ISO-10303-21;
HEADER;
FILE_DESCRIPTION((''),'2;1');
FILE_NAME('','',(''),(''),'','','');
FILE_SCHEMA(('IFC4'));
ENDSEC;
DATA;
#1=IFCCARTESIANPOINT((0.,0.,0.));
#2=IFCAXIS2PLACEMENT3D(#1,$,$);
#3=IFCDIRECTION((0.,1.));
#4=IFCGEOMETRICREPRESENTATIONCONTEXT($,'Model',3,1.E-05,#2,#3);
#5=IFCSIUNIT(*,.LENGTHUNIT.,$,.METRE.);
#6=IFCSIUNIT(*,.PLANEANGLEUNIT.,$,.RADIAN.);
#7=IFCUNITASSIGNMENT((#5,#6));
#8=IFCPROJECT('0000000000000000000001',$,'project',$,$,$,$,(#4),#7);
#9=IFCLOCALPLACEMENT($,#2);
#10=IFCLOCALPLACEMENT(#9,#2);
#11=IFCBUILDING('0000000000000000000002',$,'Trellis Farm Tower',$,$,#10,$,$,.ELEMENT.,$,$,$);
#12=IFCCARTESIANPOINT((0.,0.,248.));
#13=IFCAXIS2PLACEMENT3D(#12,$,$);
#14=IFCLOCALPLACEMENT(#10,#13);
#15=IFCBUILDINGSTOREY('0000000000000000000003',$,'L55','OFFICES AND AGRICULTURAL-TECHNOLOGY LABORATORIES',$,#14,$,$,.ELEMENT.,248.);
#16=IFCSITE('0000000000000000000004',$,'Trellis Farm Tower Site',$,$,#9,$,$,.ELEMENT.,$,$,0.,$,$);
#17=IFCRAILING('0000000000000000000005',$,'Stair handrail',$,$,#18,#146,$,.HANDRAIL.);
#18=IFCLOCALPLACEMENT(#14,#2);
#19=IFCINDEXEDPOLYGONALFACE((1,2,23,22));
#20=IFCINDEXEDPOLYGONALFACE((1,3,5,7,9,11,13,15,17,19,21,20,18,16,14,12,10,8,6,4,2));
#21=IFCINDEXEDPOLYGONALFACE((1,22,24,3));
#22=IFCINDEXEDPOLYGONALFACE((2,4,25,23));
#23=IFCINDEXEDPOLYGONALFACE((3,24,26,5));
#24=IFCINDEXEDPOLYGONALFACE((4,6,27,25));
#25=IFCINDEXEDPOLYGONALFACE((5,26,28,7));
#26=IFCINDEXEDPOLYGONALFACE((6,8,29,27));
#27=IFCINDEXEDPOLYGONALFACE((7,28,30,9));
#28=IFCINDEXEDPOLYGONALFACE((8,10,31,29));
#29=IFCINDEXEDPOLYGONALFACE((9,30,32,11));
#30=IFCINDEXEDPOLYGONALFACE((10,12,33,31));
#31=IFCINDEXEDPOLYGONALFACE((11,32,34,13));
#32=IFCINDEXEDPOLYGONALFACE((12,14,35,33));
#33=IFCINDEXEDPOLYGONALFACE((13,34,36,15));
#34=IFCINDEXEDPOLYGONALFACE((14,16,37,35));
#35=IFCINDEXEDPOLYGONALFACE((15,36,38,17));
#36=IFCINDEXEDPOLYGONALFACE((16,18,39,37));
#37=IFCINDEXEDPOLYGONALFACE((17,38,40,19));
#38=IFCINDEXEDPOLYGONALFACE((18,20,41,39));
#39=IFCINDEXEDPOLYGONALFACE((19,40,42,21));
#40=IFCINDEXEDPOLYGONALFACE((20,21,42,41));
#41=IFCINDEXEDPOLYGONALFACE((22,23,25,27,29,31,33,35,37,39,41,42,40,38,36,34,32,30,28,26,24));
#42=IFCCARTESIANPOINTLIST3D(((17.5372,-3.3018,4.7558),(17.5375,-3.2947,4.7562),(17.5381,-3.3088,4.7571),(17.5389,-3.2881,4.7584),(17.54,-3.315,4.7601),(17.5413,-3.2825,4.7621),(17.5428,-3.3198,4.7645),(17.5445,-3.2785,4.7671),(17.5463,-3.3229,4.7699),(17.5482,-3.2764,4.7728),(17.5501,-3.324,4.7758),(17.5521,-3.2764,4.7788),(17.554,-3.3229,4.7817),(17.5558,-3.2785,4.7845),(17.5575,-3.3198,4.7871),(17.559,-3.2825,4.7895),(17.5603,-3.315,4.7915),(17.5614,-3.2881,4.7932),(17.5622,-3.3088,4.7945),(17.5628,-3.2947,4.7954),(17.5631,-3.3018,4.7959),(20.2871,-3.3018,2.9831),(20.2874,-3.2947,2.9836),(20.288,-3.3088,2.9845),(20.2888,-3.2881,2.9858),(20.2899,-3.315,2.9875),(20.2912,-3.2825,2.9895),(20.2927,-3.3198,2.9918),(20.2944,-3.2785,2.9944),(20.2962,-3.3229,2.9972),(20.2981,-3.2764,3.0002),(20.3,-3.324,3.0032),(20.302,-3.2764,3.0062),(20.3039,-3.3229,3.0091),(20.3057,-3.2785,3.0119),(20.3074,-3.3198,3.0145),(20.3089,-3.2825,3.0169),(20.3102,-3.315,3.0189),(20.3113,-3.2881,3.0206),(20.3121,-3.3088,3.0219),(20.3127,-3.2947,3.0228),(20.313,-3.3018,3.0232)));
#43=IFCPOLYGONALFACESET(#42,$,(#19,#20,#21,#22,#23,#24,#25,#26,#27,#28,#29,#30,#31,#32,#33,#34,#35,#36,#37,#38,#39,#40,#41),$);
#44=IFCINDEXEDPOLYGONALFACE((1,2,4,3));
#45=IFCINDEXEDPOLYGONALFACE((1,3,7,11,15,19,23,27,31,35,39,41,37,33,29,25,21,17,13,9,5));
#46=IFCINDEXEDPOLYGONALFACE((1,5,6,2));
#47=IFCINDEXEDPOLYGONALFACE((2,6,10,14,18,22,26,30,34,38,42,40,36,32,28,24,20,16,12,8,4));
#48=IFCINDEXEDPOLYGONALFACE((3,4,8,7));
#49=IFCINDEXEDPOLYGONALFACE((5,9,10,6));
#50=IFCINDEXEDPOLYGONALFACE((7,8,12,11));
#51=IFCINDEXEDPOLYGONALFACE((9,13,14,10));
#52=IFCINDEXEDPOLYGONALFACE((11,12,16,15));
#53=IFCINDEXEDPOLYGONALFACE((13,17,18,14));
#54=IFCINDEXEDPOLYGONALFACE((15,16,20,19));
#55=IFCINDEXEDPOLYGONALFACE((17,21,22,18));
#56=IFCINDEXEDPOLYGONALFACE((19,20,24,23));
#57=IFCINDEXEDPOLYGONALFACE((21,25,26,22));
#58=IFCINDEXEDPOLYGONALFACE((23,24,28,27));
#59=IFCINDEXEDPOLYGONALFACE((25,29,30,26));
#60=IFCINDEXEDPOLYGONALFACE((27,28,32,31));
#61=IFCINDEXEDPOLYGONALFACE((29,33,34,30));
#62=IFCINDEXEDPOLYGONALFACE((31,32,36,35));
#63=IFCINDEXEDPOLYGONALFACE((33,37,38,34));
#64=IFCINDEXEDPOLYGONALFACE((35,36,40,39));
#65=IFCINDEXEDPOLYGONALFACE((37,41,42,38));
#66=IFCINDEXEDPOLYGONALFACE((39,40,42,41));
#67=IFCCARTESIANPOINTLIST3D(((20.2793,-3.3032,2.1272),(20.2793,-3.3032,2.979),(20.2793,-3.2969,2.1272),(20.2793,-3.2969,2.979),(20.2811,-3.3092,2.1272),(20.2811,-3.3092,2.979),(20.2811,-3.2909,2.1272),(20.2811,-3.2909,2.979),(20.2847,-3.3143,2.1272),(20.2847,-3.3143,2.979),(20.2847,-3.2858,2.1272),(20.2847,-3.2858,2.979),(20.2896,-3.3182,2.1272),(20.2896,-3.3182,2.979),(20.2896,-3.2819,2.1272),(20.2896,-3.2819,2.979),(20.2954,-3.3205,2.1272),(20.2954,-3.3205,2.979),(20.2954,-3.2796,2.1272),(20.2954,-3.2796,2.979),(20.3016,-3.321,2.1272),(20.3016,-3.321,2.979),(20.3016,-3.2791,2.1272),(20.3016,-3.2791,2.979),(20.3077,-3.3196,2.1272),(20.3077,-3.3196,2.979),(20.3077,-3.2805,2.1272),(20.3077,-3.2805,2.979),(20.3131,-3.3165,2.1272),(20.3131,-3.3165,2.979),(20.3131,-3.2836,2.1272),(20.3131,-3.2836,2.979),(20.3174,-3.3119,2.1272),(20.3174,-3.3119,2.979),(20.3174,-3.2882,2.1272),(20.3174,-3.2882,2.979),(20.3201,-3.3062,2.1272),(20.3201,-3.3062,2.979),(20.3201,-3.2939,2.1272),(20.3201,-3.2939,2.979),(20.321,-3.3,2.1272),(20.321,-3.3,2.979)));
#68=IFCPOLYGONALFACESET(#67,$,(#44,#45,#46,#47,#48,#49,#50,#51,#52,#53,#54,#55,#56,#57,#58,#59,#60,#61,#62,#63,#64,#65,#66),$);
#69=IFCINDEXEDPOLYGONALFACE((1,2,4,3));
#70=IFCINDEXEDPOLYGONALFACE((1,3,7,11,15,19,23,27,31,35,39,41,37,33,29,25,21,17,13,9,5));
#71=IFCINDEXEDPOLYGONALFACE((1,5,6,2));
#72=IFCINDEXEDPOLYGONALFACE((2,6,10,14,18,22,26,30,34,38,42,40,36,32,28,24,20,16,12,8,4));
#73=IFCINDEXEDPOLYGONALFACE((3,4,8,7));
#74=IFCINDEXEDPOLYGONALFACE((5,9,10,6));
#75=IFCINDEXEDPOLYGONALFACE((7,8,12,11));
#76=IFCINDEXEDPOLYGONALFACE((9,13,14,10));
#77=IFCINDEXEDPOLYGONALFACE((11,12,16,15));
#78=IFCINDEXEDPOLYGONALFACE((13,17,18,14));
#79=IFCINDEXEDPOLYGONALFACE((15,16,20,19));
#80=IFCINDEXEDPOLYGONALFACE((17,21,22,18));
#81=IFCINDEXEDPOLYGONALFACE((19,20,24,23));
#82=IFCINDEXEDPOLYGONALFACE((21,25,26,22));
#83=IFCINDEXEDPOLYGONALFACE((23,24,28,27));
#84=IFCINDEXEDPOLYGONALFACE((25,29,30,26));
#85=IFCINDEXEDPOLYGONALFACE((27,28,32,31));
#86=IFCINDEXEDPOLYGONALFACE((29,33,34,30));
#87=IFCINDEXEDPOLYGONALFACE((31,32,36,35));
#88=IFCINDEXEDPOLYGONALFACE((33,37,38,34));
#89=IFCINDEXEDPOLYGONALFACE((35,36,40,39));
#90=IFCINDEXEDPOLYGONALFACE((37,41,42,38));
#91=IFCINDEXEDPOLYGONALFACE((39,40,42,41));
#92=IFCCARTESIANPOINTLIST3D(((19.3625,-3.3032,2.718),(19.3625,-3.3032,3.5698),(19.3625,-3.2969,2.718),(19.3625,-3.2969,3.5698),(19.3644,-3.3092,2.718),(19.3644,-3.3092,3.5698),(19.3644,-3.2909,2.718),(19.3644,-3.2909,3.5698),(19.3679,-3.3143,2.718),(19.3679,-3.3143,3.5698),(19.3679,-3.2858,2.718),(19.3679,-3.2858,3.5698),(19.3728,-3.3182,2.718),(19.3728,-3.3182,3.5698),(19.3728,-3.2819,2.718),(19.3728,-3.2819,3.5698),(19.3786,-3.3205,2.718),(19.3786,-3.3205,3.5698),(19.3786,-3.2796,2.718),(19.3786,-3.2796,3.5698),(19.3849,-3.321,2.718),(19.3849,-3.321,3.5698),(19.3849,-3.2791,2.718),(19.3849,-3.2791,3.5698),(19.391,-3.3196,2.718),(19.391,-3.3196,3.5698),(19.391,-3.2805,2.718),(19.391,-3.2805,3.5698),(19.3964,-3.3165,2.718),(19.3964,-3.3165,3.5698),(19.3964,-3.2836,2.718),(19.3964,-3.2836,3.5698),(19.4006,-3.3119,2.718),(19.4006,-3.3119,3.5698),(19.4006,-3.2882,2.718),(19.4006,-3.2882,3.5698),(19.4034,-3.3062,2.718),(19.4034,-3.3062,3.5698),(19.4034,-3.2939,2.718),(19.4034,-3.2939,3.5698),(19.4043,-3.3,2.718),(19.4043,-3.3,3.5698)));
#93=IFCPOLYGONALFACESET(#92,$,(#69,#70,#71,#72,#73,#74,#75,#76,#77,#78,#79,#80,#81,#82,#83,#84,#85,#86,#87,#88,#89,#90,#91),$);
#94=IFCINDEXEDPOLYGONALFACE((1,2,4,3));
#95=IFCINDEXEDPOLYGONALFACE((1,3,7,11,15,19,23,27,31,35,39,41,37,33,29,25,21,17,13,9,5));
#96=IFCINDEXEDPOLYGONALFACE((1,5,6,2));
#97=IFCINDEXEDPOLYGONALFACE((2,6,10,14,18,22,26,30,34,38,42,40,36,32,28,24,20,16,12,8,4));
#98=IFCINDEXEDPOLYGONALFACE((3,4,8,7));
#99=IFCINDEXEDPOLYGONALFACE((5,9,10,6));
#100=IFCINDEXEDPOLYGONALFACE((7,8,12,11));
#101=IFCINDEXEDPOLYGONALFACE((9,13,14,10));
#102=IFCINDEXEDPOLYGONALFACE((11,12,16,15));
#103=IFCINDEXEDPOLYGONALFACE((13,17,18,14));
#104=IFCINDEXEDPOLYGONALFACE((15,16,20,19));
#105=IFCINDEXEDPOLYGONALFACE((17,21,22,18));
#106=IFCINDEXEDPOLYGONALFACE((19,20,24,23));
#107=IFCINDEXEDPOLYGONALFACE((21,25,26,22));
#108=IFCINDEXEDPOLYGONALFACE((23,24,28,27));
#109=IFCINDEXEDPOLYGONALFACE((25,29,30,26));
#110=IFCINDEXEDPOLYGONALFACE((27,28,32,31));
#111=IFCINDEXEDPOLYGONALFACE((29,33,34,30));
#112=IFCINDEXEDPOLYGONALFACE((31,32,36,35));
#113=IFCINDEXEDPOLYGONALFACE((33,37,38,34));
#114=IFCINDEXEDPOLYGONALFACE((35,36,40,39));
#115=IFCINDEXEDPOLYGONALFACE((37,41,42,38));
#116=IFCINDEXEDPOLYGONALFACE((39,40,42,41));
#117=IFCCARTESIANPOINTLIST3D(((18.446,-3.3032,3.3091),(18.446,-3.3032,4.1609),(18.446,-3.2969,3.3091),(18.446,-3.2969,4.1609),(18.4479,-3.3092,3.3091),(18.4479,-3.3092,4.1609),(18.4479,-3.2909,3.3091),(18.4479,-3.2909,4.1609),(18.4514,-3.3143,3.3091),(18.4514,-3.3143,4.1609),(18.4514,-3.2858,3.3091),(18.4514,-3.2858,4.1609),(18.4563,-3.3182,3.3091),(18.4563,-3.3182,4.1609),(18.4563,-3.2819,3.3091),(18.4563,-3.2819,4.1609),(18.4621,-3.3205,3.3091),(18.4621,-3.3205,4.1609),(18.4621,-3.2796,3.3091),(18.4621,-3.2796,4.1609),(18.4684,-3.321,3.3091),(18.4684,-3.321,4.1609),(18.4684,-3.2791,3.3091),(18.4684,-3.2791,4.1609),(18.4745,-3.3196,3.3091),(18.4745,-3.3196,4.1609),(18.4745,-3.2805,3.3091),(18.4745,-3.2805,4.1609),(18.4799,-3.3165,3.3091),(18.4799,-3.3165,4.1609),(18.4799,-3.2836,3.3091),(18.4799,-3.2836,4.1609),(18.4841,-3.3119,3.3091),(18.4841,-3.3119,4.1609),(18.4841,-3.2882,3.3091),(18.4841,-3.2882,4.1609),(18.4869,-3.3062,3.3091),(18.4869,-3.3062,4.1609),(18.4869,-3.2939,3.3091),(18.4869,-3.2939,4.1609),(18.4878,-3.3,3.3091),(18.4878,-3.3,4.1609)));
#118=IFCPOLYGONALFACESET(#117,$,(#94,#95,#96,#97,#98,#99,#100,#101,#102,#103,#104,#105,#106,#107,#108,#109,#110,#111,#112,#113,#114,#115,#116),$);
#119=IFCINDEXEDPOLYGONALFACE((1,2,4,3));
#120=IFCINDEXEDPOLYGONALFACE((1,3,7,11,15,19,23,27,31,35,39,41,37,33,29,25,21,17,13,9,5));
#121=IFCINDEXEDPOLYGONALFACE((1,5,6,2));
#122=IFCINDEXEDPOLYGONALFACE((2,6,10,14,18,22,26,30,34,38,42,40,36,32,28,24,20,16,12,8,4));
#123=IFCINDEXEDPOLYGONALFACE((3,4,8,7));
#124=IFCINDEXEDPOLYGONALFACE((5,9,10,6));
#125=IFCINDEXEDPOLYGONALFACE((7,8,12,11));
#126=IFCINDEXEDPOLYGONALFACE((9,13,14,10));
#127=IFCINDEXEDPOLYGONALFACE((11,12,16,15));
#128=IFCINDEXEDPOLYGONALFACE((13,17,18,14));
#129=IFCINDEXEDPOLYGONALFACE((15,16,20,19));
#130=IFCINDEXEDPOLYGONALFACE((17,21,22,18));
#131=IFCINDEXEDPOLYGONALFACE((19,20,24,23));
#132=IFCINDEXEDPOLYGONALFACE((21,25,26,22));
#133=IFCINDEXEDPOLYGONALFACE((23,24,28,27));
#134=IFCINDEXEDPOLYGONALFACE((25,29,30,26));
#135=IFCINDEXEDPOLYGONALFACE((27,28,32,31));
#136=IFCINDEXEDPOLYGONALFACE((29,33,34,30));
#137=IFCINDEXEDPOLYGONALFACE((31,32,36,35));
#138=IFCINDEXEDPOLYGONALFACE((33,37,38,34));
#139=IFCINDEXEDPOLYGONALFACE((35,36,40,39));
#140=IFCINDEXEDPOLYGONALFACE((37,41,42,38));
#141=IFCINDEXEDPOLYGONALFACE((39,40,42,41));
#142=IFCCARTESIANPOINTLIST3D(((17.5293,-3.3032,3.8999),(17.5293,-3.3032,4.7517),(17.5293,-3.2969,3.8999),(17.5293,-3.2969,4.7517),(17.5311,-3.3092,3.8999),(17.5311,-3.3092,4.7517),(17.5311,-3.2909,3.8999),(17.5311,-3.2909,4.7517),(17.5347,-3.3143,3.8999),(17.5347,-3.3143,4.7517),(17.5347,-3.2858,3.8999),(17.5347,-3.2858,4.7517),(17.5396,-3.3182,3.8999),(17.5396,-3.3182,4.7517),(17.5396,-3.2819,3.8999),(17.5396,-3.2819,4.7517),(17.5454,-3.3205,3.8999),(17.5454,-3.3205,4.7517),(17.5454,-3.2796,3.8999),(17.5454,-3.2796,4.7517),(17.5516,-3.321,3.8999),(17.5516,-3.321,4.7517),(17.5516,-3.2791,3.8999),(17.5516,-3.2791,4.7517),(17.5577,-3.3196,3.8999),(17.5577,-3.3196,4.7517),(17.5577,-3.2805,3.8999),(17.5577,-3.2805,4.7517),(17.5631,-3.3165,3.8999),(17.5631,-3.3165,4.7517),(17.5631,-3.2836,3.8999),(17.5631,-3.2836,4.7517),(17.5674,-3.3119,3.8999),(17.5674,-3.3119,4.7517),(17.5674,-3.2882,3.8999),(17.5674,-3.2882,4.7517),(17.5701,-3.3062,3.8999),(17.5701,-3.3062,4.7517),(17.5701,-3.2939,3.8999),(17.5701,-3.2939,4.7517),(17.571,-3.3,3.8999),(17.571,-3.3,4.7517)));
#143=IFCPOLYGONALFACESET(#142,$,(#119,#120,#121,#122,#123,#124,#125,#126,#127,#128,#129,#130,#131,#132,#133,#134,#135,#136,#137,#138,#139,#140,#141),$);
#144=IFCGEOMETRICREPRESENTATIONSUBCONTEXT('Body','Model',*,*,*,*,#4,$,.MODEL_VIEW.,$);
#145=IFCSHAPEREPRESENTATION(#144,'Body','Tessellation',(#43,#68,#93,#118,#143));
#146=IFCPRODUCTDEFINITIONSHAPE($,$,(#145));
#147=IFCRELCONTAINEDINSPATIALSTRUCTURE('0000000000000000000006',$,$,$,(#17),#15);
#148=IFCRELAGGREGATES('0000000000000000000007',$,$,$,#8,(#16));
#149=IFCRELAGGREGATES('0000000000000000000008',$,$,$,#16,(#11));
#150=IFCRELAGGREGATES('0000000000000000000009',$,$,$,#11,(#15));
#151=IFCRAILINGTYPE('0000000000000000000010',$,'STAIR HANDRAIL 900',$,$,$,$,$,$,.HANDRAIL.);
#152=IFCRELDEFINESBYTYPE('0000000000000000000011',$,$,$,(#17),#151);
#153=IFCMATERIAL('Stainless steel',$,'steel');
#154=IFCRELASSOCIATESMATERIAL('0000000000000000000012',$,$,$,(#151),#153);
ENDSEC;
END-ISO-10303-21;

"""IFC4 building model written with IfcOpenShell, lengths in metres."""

from ifc_helpers import new_model, si_unit, direction, frame, origin, origin_2d, place, context, subcontext, project, spatial, circle, extrude, source, transform, mapped, material, type_object, element, save


model = new_model("IFC4")

# Units and contexts
model_context = context("Model", 3, precision=1e-05, world=origin(), true_north=direction((0.0, 1.0)))
body_context = subcontext(model_context, "Body", "Model", "MODEL_VIEW")
ifc_project = project(units=[si_unit("LENGTHUNIT", "METRE"), si_unit("PLANEANGLEUNIT", "RADIAN")], contexts=[model_context])

# Site, building, storey
site_placement = place(None, origin())
site = spatial("IfcSite", under=ifc_project, at=site_placement, Name="Trellis Farm Tower Site", CompositionType="ELEMENT", RefElevation=0.0)
building_placement = place(site_placement, origin())
building = spatial("IfcBuilding", under=site, at=building_placement, Name="Trellis Farm Tower", CompositionType="ELEMENT")
storey_placement = place(building_placement, frame((0.0, 0.0, 248.0)))
storey = spatial("IfcBuildingStorey", under=building, at=storey_placement, Name="L55", Description="OFFICES AND AGRICULTURAL-TECHNOLOGY LABORATORIES", CompositionType="ELEMENT", Elevation=248.0)

# Railing
ifc_material_1 = material(Name="Stainless steel", Category="steel")
railing_type = type_object("IfcRailingType", Name="STAIR HANDRAIL 900", PredefinedType="HANDRAIL", material=ifc_material_1)
shared_shape_1 = source(origin(), body_context, "Body", "SweptSolid", [
    extrude(circle(Radius=0.0239, at=origin_2d()), frame((0.0, 0.0, 0.876), z_axis=(-0.840504, 0.0, 0.541806), x_axis=(0.0, -1.0, 0.0)), (0.0, 0.0, 1.0), 3.2717),
    extrude(circle(Radius=0.021, at=origin_2d()), origin(), (0.0, 0.0, 1.0), 0.8518),
    extrude(circle(Radius=0.021, at=origin_2d()), frame((-0.9167, 0.0, 0.5908)), (0.0, 0.0, 1.0), 0.8518),
    extrude(circle(Radius=0.021, at=origin_2d()), frame((-1.8333, 0.0, 1.1819)), (0.0, 0.0, 1.0), 0.8518),
    extrude(circle(Radius=0.021, at=origin_2d()), frame((-2.75, 0.0, 1.7727)), (0.0, 0.0, 1.0), 0.8518),
])
for number, where, name in (
    (1, (20.3, -3.3, 2.1272), "Stair handrail"),
):
    element("IfcRailing", number, at=place(storey_placement, frame(where)), inside=storey, type_object=railing_type, Name=name, PredefinedType="HANDRAIL", context=body_context, shape_type="MappedRepresentation", body=[
        mapped(shared_shape_1, transform((0.0, 0.0, 0.0))),
    ])

save(model, "model.ifc")
